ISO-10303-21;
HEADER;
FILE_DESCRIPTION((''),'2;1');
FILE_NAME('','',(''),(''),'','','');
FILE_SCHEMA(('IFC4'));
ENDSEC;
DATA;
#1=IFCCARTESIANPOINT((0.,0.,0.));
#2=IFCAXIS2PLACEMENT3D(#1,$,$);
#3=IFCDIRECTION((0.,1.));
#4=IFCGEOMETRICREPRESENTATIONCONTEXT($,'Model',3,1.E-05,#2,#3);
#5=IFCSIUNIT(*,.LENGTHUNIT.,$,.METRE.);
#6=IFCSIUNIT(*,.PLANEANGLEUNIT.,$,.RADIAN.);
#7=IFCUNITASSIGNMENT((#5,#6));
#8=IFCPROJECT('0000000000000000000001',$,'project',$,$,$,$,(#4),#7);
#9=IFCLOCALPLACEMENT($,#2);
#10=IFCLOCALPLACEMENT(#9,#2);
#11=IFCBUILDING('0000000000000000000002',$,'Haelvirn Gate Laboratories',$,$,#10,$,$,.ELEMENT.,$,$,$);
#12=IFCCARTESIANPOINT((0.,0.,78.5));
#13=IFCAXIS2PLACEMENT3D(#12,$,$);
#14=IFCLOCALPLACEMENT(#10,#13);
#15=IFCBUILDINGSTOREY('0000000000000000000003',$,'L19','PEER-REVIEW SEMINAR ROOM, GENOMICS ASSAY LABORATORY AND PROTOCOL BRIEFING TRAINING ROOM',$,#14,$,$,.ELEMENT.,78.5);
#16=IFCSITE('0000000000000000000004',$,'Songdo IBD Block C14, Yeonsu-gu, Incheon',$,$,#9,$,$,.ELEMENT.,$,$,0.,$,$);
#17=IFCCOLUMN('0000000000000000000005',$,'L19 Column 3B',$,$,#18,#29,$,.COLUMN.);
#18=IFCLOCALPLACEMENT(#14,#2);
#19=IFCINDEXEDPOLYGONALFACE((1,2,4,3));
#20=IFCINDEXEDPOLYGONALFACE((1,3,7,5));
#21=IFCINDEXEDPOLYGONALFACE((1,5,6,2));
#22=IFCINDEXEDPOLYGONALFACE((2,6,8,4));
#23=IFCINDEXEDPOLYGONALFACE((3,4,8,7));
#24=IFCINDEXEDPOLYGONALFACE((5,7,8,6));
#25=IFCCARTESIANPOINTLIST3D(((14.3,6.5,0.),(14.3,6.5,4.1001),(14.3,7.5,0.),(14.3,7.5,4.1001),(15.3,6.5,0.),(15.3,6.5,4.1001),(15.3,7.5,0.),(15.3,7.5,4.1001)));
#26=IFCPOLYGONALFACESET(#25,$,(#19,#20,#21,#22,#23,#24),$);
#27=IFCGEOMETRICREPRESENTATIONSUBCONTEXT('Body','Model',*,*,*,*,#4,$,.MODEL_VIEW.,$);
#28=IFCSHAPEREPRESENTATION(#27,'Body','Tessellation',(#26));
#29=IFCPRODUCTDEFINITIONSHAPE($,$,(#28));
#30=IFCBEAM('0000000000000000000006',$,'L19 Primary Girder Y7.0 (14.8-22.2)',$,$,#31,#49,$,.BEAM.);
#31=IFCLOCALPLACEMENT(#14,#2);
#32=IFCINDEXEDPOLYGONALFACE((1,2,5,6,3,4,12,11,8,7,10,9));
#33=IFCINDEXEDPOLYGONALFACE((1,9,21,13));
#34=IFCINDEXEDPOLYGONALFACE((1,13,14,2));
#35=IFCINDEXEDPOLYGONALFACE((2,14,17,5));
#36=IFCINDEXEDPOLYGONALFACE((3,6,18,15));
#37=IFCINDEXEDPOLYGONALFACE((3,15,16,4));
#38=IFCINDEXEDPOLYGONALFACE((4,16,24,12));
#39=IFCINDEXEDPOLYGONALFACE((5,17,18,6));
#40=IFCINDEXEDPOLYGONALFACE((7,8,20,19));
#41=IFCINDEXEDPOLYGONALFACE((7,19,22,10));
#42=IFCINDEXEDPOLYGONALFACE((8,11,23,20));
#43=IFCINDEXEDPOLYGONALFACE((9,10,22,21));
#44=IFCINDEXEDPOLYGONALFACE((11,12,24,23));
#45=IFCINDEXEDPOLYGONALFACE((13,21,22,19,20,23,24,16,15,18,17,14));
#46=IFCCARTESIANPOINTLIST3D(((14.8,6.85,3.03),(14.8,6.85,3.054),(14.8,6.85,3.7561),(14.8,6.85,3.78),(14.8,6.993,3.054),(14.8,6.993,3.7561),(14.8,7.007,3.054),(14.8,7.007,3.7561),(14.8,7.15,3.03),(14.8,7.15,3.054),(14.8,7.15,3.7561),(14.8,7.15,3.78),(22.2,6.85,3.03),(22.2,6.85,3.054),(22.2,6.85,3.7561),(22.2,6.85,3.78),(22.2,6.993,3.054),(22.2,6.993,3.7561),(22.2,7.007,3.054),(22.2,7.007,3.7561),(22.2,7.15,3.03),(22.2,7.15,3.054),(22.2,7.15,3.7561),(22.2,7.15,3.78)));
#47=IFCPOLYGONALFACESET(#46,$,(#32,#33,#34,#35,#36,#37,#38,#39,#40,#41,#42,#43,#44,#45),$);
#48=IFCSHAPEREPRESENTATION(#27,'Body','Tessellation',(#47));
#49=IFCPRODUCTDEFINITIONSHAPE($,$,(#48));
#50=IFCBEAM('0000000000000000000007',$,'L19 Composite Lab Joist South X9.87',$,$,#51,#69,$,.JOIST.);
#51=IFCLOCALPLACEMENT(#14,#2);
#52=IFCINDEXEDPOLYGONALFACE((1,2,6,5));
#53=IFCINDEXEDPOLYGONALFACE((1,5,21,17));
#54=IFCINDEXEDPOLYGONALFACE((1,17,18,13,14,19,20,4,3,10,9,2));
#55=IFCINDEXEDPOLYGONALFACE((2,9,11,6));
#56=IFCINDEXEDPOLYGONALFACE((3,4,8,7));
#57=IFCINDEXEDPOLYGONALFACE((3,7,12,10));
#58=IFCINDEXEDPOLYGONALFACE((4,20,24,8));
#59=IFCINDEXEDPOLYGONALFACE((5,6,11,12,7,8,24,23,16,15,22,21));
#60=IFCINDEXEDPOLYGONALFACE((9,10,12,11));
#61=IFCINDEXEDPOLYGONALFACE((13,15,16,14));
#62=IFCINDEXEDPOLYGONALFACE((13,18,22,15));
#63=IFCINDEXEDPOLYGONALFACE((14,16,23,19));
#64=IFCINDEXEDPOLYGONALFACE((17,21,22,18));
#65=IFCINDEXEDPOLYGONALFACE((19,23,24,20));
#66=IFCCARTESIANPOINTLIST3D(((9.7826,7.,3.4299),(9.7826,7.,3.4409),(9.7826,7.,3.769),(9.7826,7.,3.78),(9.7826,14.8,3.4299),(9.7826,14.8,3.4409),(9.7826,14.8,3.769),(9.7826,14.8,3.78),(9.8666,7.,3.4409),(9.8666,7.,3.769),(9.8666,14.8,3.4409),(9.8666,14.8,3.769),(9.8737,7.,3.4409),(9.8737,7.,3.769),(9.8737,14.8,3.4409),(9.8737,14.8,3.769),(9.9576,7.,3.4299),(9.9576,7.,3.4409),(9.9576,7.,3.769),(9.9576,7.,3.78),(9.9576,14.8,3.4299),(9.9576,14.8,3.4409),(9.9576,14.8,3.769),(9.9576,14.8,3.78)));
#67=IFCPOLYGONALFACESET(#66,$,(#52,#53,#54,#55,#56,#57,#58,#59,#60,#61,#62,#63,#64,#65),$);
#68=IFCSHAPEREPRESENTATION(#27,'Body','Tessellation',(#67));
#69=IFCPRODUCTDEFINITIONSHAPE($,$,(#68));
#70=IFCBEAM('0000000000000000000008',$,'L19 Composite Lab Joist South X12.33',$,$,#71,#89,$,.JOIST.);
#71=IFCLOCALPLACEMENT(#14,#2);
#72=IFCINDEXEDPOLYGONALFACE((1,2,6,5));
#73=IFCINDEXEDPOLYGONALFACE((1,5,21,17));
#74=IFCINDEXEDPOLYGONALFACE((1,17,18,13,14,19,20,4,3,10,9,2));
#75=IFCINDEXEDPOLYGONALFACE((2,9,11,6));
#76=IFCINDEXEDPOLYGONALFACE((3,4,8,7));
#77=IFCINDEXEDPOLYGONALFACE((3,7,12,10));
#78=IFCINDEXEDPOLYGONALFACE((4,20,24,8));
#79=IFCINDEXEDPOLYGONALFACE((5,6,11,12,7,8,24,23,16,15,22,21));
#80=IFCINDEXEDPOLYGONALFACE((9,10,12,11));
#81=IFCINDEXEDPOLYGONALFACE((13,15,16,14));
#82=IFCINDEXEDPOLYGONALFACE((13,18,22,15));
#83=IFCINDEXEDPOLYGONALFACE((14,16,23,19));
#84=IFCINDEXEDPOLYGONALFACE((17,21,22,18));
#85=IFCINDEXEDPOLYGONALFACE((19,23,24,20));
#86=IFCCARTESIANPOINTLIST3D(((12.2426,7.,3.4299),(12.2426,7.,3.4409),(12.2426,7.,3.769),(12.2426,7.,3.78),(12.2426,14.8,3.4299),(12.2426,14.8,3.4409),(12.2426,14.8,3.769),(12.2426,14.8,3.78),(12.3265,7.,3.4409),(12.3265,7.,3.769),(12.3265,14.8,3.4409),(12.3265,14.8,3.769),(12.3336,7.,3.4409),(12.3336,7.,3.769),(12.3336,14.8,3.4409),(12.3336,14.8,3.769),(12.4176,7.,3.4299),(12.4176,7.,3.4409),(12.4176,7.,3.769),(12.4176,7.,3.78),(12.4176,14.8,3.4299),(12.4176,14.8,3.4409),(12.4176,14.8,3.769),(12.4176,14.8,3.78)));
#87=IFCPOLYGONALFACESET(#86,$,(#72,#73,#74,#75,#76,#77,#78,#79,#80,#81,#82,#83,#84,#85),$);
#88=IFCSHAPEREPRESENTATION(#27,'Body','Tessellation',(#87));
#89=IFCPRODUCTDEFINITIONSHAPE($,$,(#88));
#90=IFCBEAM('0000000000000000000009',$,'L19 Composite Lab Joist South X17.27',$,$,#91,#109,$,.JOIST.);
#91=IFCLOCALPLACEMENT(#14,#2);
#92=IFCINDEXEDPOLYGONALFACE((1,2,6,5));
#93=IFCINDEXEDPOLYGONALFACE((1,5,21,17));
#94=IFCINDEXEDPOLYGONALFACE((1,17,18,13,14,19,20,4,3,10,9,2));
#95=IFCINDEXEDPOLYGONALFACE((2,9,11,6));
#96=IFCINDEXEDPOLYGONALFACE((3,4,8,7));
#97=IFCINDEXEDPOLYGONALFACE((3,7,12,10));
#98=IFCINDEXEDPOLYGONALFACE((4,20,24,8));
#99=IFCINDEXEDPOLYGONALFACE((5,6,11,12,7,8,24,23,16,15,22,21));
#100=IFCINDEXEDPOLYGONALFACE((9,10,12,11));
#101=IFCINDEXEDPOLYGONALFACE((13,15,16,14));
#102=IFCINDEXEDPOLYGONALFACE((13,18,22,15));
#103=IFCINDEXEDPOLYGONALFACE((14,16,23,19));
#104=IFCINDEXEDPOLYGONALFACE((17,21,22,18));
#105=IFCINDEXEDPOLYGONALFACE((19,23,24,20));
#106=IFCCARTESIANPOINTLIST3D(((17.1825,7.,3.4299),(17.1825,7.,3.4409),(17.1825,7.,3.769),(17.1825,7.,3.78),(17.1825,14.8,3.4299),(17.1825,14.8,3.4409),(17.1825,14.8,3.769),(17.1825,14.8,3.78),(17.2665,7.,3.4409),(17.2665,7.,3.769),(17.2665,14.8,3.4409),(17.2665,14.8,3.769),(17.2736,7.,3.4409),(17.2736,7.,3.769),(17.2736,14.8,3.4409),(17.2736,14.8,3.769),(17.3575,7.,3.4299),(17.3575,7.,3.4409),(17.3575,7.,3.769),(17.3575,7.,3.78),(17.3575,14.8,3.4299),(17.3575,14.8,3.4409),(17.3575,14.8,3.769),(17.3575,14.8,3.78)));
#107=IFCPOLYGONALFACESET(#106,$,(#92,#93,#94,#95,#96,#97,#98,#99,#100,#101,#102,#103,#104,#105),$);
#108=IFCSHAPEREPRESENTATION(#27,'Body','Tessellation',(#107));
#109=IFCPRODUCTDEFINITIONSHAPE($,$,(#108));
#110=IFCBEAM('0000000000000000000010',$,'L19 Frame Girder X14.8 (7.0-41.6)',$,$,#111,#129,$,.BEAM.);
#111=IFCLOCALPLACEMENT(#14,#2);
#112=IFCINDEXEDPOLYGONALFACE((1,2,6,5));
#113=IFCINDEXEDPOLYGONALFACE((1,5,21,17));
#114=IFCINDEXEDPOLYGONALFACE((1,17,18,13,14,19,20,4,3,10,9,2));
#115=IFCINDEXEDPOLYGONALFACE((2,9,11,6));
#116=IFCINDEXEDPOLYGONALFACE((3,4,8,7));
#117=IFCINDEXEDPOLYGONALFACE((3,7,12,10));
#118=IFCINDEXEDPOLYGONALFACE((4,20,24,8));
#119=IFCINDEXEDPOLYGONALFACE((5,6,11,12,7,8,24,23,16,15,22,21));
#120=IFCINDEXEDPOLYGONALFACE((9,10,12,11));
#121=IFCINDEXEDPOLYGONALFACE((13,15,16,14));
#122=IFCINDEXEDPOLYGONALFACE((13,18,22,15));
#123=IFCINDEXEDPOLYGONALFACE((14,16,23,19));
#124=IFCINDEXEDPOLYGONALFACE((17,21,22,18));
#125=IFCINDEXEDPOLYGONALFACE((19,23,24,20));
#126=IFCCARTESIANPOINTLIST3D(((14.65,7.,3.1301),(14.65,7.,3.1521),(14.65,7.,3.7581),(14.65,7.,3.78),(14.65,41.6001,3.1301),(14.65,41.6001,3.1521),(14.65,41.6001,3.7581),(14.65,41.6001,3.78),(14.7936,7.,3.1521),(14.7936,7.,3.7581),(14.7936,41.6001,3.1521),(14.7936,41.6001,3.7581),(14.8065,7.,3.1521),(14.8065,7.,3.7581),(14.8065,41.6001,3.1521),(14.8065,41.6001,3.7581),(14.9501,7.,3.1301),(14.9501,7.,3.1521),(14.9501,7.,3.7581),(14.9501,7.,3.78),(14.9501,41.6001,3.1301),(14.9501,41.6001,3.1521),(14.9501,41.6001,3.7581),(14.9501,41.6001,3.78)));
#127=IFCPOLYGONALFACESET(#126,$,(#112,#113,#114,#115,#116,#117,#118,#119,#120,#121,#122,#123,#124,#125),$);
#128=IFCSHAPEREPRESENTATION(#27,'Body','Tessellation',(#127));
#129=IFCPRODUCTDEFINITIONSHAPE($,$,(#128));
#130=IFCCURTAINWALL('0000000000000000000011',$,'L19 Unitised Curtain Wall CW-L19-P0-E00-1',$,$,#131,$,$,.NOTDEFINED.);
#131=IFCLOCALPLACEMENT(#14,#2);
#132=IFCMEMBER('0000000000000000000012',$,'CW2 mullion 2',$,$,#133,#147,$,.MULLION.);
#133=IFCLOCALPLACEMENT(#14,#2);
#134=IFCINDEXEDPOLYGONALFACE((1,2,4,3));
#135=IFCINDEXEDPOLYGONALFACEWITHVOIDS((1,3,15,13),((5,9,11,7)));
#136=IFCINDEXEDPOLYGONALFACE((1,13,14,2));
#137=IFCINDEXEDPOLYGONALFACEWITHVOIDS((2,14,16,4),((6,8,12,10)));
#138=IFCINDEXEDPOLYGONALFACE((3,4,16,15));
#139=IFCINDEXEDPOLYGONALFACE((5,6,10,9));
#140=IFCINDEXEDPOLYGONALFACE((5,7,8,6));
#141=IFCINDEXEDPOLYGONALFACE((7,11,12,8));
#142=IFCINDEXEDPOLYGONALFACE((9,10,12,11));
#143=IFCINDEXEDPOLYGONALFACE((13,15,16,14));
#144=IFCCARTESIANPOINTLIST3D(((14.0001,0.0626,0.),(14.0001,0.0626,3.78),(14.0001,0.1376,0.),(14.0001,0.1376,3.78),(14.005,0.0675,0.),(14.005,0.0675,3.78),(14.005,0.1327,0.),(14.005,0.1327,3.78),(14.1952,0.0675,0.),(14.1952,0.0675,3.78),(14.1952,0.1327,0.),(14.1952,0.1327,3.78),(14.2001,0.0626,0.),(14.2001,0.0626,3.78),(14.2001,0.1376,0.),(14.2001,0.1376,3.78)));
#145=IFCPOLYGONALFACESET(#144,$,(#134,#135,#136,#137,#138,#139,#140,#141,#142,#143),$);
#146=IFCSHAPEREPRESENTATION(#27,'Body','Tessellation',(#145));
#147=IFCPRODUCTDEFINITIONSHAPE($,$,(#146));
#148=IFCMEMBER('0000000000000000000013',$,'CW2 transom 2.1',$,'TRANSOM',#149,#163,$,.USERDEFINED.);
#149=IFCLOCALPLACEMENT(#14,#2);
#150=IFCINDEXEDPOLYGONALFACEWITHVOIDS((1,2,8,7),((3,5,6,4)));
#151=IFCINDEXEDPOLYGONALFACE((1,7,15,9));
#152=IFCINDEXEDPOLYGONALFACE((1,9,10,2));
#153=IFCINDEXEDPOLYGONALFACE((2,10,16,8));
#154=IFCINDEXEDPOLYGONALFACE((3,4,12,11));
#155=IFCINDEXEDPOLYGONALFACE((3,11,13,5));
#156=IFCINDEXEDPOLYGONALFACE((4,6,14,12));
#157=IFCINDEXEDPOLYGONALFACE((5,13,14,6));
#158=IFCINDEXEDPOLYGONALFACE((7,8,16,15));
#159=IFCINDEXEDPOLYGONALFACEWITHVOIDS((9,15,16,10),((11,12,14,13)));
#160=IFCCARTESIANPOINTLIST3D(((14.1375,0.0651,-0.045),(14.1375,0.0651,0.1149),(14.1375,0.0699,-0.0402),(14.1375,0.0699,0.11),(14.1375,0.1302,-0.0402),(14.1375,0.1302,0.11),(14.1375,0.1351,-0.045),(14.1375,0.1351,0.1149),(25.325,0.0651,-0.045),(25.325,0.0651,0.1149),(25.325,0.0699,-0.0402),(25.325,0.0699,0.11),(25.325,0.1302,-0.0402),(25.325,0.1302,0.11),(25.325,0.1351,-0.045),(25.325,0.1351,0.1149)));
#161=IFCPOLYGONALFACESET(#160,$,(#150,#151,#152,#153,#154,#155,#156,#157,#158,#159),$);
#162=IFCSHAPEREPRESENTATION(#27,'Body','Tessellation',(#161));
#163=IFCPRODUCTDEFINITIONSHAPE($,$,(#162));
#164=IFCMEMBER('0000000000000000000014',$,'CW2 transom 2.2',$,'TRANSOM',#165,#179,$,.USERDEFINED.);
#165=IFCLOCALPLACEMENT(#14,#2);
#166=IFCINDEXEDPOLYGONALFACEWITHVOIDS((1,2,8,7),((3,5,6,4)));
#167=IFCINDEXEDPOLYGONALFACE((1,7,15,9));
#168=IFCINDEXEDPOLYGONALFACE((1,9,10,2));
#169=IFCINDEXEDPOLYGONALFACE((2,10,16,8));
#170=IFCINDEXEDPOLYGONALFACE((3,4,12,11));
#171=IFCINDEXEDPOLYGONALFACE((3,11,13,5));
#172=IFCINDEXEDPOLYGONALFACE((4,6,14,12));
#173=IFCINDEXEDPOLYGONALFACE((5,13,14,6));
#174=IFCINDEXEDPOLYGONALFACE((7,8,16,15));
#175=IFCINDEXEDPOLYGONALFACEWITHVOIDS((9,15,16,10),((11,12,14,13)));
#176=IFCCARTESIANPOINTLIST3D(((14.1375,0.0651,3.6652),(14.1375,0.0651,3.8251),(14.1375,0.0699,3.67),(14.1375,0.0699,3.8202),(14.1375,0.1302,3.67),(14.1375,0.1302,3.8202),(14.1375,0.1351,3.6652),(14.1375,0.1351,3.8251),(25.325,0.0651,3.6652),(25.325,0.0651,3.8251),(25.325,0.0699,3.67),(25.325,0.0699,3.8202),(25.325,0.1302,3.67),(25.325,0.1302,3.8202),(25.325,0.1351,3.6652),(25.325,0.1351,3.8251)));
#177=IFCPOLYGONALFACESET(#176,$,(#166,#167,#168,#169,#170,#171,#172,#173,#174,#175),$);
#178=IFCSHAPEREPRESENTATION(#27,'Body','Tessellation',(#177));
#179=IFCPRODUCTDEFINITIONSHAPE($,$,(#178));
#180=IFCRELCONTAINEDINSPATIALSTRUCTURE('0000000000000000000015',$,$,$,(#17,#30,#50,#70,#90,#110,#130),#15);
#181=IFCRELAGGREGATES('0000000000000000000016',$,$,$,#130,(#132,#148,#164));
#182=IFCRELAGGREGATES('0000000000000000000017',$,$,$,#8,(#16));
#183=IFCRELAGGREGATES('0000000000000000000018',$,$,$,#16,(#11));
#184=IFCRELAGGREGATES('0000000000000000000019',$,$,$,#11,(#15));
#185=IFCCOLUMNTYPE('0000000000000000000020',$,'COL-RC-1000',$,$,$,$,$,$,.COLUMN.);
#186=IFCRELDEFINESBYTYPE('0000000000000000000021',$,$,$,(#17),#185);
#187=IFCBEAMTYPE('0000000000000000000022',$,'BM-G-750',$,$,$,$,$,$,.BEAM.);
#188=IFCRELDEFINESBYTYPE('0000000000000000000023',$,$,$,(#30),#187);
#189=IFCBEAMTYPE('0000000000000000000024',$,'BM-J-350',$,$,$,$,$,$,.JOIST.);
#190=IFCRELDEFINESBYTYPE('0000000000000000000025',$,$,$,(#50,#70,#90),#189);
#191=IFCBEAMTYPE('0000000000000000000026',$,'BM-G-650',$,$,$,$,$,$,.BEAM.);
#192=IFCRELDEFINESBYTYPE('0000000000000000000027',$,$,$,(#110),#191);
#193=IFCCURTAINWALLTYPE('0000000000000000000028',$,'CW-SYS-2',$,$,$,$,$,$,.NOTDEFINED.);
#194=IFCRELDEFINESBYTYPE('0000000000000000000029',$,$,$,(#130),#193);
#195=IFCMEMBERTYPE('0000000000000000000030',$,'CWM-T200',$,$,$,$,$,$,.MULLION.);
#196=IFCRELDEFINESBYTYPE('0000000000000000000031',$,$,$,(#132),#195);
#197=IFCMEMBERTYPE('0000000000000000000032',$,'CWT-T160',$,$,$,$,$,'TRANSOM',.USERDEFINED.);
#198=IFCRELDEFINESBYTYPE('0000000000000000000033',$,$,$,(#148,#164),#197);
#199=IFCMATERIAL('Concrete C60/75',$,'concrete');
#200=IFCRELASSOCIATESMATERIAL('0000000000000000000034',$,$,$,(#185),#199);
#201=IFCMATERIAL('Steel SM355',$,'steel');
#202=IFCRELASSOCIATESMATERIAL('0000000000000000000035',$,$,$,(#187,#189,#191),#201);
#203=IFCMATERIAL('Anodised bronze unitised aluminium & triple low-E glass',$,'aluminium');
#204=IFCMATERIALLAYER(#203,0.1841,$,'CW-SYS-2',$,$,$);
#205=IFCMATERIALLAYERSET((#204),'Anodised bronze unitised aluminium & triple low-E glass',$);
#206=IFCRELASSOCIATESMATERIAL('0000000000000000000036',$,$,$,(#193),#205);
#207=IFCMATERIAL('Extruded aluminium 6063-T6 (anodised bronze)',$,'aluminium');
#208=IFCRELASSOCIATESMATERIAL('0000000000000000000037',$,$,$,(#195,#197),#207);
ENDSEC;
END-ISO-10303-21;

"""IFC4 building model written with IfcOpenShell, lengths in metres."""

from ifc_helpers import new_model, si_unit, direction, frame, origin, origin_2d, place, context, subcontext, project, spatial, rectangle, hollow_rectangle, i_section, extrude, source, transform, mapped, material, layer, layer_set, material_profile, profile_set, type_object, type_shapes, element, aggregate, save


model = new_model("IFC4")

# Units and contexts
model_context = context("Model", 3, precision=1e-05, world=origin(), true_north=direction((0.0, 1.0)))
body_context = subcontext(model_context, "Body", "Model", "MODEL_VIEW")
ifc_project = project(units=[si_unit("LENGTHUNIT", "METRE"), si_unit("PLANEANGLEUNIT", "RADIAN")], contexts=[model_context])

# Site, building, storey
site_placement = place(None, origin())
site = spatial("IfcSite", under=ifc_project, at=site_placement, Name="Songdo IBD Block C14, Yeonsu-gu, Incheon", CompositionType="ELEMENT", RefElevation=0.0)
building_placement = place(site_placement, origin())
building = spatial("IfcBuilding", under=site, at=building_placement, Name="Haelvirn Gate Laboratories", CompositionType="ELEMENT")
storey_placement = place(building_placement, frame((0.0, 0.0, 78.5)))
storey = spatial("IfcBuildingStorey", under=building, at=storey_placement, Name="L19", Description="PEER-REVIEW SEMINAR ROOM, GENOMICS ASSAY LABORATORY AND PROTOCOL BRIEFING TRAINING ROOM", CompositionType="ELEMENT", Elevation=78.5)

# Column
ifc_material_1 = material(Name="Concrete C60/75", Category="concrete")
ifc_material_profile_1 = material_profile(ifc_material_1, rectangle(XDim=1.0, YDim=1.0, at=origin_2d()), Name="RC-1000x1000")
ifc_profile_set_1 = profile_set([ifc_material_profile_1], Name="Concrete C60/75")
column_type = type_object("IfcColumnType", Name="COL-RC-1000", PredefinedType="COLUMN", material=ifc_profile_set_1)
shared_shape_1 = source(origin(), body_context, "Body", "SweptSolid", [
    extrude(rectangle(XDim=1.0, YDim=1.0, at=origin_2d()), origin(), (0.0, 0.0, 1.0), 4.1001),
])
type_shapes(column_type, [shared_shape_1])
column_placement = place(storey_placement, frame((14.8, 7.0, 0.0), z_axis=(0.0, 0.0, 1.0), x_axis=(1.0, 0.0, 0.0)))
element("IfcColumn", 1, at=column_placement, inside=storey, type_object=column_type, Name="L19 Column 3B", PredefinedType="COLUMN", context=body_context, shape_type="MappedRepresentation", body=[
    mapped(shared_shape_1, transform((0.0, 0.0, 0.0), scale=1.0)),
])

# Beams
ifc_material_2 = material(Name="Steel SM355", Category="steel")
ifc_material_profile_2 = material_profile(ifc_material_2, i_section(OverallWidth=0.3, OverallDepth=0.75, WebThickness=0.0139, FlangeThickness=0.0239, at=origin_2d()), Name="H-750x300x14x24")
ifc_profile_set_2 = profile_set([ifc_material_profile_2], Name="Steel SM355")
beam_type_1 = type_object("IfcBeamType", Name="BM-G-750", PredefinedType="BEAM", material=ifc_profile_set_2)
shared_shape_2 = source(origin(), body_context, "Body", "SweptSolid", [
    extrude(i_section(OverallWidth=0.3, OverallDepth=0.75, WebThickness=0.0139, FlangeThickness=0.0239, at=origin_2d()), origin(), (0.0, 0.0, 1.0), 7.3999),
])
type_shapes(beam_type_1, [shared_shape_2])
beam_1_placement = place(storey_placement, frame((14.8, 7.0, 3.405), z_axis=(1.0, 0.0, 0.0), x_axis=(0.0, 1.0, 0.0)))
element("IfcBeam", 2, at=beam_1_placement, inside=storey, type_object=beam_type_1, Name="L19 Primary Girder Y7.0 (14.8-22.2)", PredefinedType="BEAM", context=body_context, shape_type="MappedRepresentation", body=[
    mapped(shared_shape_2, transform((0.0, 0.0, 0.0), scale=1.0)),
])
ifc_material_profile_3 = material_profile(ifc_material_2, i_section(OverallWidth=0.175, OverallDepth=0.3501, WebThickness=0.0071, FlangeThickness=0.011, at=origin_2d()), Name="H-350x175x7x11")
ifc_profile_set_3 = profile_set([ifc_material_profile_3], Name="Steel SM355")
beam_type_2 = type_object("IfcBeamType", Name="BM-J-350", PredefinedType="JOIST", material=ifc_profile_set_3)
shared_shape_3 = source(origin(), body_context, "Body", "SweptSolid", [
    extrude(i_section(OverallWidth=0.175, OverallDepth=0.3501, WebThickness=0.0071, FlangeThickness=0.011, at=origin_2d()), origin(), (0.0, 0.0, 1.0), 7.8),
])
type_shapes(beam_type_2, [shared_shape_3])
for number, where, z_axis, x_axis, name in (
    (3, (9.8701, 7.0, 3.605), (0.0, 1.0, 0.0), (-1.0, 0.0, 0.0), "L19 Composite Lab Joist South X9.87"),
    (4, (12.3301, 7.0, 3.605), (0.0, 1.0, 0.0), (-1.0, 0.0, 0.0), "L19 Composite Lab Joist South X12.33"),
    (5, (17.27, 7.0, 3.605), (0.0, 1.0, 0.0), (-1.0, 0.0, 0.0), "L19 Composite Lab Joist South X17.27"),
):
    element("IfcBeam", number, at=place(storey_placement, frame(where, z_axis=z_axis, x_axis=x_axis)), inside=storey, type_object=beam_type_2, Name=name, PredefinedType="JOIST", context=body_context, shape_type="MappedRepresentation", body=[
        mapped(shared_shape_3, transform((0.0, 0.0, 0.0), scale=1.0)),
    ])
ifc_material_profile_4 = material_profile(ifc_material_2, i_section(OverallWidth=0.3, OverallDepth=0.6499, WebThickness=0.0129, FlangeThickness=0.022, at=origin_2d()), Name="H-650x300x13x22")
ifc_profile_set_4 = profile_set([ifc_material_profile_4], Name="Steel SM355")
beam_type_3 = type_object("IfcBeamType", Name="BM-G-650", PredefinedType="BEAM", material=ifc_profile_set_4)
shared_shape_4 = source(origin(), body_context, "Body", "SweptSolid", [
    extrude(i_section(OverallWidth=0.3, OverallDepth=0.6499, WebThickness=0.0129, FlangeThickness=0.022, at=origin_2d()), origin(), (0.0, 0.0, 1.0), 34.6001),
])
type_shapes(beam_type_3, [shared_shape_4])
beam_2_placement = place(storey_placement, frame((14.8, 7.0, 3.4551), z_axis=(0.0, 1.0, 0.0), x_axis=(-1.0, 0.0, 0.0)))
element("IfcBeam", 6, at=beam_2_placement, inside=storey, type_object=beam_type_3, Name="L19 Frame Girder X14.8 (7.0-41.6)", PredefinedType="BEAM", context=body_context, shape_type="MappedRepresentation", body=[
    mapped(shared_shape_4, transform((0.0, 0.0, 0.0), scale=1.0)),
])

# Curtain wall, members
ifc_material_3 = material(Name="Anodised bronze unitised aluminium & triple low-E glass", Category="aluminium")
ifc_layer_1 = layer(ifc_material_3, 0.1841, Name="CW-SYS-2")
ifc_layer_set_1 = layer_set([ifc_layer_1], Name="Anodised bronze unitised aluminium & triple low-E glass")
curtain_wall_type = type_object("IfcCurtainWallType", Name="CW-SYS-2", PredefinedType="NOTDEFINED", material=ifc_layer_set_1)
curtain_wall_placement = place(storey_placement, origin())
curtain_wall = element("IfcCurtainWall", 7, at=curtain_wall_placement, inside=storey, type_object=curtain_wall_type, Name="L19 Unitised Curtain Wall CW-L19-P0-E00-1", PredefinedType="NOTDEFINED")
ifc_material_4 = material(Name="Extruded aluminium 6063-T6 (anodised bronze)", Category="aluminium")
ifc_material_profile_5 = material_profile(ifc_material_4, hollow_rectangle(XDim=0.075, YDim=0.2, WallThickness=0.0049, at=origin_2d()), Name="CWM-200x75x5")
ifc_profile_set_5 = profile_set([ifc_material_profile_5], Name="Extruded aluminium 6063-T6 (anodised bronze)")
member_type_1 = type_object("IfcMemberType", Name="CWM-T200", PredefinedType="MULLION", material=ifc_profile_set_5)
shared_shape_5 = source(origin(), body_context, "Body", "SweptSolid", [
    extrude(hollow_rectangle(XDim=0.075, YDim=0.2, WallThickness=0.0049, at=origin_2d()), origin(), (0.0, 0.0, 1.0), 3.78),
])
type_shapes(member_type_1, [shared_shape_5])
member_1_placement = place(storey_placement, frame((14.1001, 0.1001, 0.0), z_axis=(0.0, 0.0, 1.0), x_axis=(0.0, 1.0, 0.0)))
member_1 = element("IfcMember", 8, at=member_1_placement, type_object=member_type_1, Name="CW2 mullion 2", PredefinedType="MULLION", context=body_context, shape_type="MappedRepresentation", body=[
    mapped(shared_shape_5, transform((0.0, 0.0, 0.0), scale=1.0)),
])
ifc_material_profile_6 = material_profile(ifc_material_4, hollow_rectangle(XDim=0.0701, YDim=0.1599, WallThickness=0.0049, at=origin_2d()), Name="CWT-160x70x5")
ifc_profile_set_6 = profile_set([ifc_material_profile_6], Name="Extruded aluminium 6063-T6 (anodised bronze)")
member_type_2 = type_object("IfcMemberType", Name="CWT-T160", ElementType="TRANSOM", PredefinedType="USERDEFINED", material=ifc_profile_set_6)
shared_shape_6 = source(origin(), body_context, "Body", "SweptSolid", [
    extrude(hollow_rectangle(XDim=0.0701, YDim=0.1599, WallThickness=0.0049, at=origin_2d()), origin(), (0.0, 0.0, 1.0), 11.1875),
])
type_shapes(member_type_2, [shared_shape_6])
member_2_placement = place(storey_placement, frame((14.1375, 0.1001, 0.0349), z_axis=(1.0, 0.0, 0.0), x_axis=(0.0, 1.0, 0.0)))
member_2 = element("IfcMember", 9, at=member_2_placement, type_object=member_type_2, Name="CW2 transom 2.1", ObjectType="TRANSOM", PredefinedType="USERDEFINED", context=body_context, shape_type="MappedRepresentation", body=[
    mapped(shared_shape_6, transform((0.0, 0.0, 0.0), scale=1.0)),
])
member_3_placement = place(storey_placement, frame((14.1375, 0.1001, 3.7451), z_axis=(1.0, 0.0, 0.0), x_axis=(0.0, 1.0, 0.0)))
member_3 = element("IfcMember", 10, at=member_3_placement, type_object=member_type_2, Name="CW2 transom 2.2", ObjectType="TRANSOM", PredefinedType="USERDEFINED", context=body_context, shape_type="MappedRepresentation", body=[
    mapped(shared_shape_6, transform((0.0, 0.0, 0.0), scale=1.0)),
])
aggregate(curtain_wall, [member_1, member_2, member_3])

save(model, "model.ifc")
